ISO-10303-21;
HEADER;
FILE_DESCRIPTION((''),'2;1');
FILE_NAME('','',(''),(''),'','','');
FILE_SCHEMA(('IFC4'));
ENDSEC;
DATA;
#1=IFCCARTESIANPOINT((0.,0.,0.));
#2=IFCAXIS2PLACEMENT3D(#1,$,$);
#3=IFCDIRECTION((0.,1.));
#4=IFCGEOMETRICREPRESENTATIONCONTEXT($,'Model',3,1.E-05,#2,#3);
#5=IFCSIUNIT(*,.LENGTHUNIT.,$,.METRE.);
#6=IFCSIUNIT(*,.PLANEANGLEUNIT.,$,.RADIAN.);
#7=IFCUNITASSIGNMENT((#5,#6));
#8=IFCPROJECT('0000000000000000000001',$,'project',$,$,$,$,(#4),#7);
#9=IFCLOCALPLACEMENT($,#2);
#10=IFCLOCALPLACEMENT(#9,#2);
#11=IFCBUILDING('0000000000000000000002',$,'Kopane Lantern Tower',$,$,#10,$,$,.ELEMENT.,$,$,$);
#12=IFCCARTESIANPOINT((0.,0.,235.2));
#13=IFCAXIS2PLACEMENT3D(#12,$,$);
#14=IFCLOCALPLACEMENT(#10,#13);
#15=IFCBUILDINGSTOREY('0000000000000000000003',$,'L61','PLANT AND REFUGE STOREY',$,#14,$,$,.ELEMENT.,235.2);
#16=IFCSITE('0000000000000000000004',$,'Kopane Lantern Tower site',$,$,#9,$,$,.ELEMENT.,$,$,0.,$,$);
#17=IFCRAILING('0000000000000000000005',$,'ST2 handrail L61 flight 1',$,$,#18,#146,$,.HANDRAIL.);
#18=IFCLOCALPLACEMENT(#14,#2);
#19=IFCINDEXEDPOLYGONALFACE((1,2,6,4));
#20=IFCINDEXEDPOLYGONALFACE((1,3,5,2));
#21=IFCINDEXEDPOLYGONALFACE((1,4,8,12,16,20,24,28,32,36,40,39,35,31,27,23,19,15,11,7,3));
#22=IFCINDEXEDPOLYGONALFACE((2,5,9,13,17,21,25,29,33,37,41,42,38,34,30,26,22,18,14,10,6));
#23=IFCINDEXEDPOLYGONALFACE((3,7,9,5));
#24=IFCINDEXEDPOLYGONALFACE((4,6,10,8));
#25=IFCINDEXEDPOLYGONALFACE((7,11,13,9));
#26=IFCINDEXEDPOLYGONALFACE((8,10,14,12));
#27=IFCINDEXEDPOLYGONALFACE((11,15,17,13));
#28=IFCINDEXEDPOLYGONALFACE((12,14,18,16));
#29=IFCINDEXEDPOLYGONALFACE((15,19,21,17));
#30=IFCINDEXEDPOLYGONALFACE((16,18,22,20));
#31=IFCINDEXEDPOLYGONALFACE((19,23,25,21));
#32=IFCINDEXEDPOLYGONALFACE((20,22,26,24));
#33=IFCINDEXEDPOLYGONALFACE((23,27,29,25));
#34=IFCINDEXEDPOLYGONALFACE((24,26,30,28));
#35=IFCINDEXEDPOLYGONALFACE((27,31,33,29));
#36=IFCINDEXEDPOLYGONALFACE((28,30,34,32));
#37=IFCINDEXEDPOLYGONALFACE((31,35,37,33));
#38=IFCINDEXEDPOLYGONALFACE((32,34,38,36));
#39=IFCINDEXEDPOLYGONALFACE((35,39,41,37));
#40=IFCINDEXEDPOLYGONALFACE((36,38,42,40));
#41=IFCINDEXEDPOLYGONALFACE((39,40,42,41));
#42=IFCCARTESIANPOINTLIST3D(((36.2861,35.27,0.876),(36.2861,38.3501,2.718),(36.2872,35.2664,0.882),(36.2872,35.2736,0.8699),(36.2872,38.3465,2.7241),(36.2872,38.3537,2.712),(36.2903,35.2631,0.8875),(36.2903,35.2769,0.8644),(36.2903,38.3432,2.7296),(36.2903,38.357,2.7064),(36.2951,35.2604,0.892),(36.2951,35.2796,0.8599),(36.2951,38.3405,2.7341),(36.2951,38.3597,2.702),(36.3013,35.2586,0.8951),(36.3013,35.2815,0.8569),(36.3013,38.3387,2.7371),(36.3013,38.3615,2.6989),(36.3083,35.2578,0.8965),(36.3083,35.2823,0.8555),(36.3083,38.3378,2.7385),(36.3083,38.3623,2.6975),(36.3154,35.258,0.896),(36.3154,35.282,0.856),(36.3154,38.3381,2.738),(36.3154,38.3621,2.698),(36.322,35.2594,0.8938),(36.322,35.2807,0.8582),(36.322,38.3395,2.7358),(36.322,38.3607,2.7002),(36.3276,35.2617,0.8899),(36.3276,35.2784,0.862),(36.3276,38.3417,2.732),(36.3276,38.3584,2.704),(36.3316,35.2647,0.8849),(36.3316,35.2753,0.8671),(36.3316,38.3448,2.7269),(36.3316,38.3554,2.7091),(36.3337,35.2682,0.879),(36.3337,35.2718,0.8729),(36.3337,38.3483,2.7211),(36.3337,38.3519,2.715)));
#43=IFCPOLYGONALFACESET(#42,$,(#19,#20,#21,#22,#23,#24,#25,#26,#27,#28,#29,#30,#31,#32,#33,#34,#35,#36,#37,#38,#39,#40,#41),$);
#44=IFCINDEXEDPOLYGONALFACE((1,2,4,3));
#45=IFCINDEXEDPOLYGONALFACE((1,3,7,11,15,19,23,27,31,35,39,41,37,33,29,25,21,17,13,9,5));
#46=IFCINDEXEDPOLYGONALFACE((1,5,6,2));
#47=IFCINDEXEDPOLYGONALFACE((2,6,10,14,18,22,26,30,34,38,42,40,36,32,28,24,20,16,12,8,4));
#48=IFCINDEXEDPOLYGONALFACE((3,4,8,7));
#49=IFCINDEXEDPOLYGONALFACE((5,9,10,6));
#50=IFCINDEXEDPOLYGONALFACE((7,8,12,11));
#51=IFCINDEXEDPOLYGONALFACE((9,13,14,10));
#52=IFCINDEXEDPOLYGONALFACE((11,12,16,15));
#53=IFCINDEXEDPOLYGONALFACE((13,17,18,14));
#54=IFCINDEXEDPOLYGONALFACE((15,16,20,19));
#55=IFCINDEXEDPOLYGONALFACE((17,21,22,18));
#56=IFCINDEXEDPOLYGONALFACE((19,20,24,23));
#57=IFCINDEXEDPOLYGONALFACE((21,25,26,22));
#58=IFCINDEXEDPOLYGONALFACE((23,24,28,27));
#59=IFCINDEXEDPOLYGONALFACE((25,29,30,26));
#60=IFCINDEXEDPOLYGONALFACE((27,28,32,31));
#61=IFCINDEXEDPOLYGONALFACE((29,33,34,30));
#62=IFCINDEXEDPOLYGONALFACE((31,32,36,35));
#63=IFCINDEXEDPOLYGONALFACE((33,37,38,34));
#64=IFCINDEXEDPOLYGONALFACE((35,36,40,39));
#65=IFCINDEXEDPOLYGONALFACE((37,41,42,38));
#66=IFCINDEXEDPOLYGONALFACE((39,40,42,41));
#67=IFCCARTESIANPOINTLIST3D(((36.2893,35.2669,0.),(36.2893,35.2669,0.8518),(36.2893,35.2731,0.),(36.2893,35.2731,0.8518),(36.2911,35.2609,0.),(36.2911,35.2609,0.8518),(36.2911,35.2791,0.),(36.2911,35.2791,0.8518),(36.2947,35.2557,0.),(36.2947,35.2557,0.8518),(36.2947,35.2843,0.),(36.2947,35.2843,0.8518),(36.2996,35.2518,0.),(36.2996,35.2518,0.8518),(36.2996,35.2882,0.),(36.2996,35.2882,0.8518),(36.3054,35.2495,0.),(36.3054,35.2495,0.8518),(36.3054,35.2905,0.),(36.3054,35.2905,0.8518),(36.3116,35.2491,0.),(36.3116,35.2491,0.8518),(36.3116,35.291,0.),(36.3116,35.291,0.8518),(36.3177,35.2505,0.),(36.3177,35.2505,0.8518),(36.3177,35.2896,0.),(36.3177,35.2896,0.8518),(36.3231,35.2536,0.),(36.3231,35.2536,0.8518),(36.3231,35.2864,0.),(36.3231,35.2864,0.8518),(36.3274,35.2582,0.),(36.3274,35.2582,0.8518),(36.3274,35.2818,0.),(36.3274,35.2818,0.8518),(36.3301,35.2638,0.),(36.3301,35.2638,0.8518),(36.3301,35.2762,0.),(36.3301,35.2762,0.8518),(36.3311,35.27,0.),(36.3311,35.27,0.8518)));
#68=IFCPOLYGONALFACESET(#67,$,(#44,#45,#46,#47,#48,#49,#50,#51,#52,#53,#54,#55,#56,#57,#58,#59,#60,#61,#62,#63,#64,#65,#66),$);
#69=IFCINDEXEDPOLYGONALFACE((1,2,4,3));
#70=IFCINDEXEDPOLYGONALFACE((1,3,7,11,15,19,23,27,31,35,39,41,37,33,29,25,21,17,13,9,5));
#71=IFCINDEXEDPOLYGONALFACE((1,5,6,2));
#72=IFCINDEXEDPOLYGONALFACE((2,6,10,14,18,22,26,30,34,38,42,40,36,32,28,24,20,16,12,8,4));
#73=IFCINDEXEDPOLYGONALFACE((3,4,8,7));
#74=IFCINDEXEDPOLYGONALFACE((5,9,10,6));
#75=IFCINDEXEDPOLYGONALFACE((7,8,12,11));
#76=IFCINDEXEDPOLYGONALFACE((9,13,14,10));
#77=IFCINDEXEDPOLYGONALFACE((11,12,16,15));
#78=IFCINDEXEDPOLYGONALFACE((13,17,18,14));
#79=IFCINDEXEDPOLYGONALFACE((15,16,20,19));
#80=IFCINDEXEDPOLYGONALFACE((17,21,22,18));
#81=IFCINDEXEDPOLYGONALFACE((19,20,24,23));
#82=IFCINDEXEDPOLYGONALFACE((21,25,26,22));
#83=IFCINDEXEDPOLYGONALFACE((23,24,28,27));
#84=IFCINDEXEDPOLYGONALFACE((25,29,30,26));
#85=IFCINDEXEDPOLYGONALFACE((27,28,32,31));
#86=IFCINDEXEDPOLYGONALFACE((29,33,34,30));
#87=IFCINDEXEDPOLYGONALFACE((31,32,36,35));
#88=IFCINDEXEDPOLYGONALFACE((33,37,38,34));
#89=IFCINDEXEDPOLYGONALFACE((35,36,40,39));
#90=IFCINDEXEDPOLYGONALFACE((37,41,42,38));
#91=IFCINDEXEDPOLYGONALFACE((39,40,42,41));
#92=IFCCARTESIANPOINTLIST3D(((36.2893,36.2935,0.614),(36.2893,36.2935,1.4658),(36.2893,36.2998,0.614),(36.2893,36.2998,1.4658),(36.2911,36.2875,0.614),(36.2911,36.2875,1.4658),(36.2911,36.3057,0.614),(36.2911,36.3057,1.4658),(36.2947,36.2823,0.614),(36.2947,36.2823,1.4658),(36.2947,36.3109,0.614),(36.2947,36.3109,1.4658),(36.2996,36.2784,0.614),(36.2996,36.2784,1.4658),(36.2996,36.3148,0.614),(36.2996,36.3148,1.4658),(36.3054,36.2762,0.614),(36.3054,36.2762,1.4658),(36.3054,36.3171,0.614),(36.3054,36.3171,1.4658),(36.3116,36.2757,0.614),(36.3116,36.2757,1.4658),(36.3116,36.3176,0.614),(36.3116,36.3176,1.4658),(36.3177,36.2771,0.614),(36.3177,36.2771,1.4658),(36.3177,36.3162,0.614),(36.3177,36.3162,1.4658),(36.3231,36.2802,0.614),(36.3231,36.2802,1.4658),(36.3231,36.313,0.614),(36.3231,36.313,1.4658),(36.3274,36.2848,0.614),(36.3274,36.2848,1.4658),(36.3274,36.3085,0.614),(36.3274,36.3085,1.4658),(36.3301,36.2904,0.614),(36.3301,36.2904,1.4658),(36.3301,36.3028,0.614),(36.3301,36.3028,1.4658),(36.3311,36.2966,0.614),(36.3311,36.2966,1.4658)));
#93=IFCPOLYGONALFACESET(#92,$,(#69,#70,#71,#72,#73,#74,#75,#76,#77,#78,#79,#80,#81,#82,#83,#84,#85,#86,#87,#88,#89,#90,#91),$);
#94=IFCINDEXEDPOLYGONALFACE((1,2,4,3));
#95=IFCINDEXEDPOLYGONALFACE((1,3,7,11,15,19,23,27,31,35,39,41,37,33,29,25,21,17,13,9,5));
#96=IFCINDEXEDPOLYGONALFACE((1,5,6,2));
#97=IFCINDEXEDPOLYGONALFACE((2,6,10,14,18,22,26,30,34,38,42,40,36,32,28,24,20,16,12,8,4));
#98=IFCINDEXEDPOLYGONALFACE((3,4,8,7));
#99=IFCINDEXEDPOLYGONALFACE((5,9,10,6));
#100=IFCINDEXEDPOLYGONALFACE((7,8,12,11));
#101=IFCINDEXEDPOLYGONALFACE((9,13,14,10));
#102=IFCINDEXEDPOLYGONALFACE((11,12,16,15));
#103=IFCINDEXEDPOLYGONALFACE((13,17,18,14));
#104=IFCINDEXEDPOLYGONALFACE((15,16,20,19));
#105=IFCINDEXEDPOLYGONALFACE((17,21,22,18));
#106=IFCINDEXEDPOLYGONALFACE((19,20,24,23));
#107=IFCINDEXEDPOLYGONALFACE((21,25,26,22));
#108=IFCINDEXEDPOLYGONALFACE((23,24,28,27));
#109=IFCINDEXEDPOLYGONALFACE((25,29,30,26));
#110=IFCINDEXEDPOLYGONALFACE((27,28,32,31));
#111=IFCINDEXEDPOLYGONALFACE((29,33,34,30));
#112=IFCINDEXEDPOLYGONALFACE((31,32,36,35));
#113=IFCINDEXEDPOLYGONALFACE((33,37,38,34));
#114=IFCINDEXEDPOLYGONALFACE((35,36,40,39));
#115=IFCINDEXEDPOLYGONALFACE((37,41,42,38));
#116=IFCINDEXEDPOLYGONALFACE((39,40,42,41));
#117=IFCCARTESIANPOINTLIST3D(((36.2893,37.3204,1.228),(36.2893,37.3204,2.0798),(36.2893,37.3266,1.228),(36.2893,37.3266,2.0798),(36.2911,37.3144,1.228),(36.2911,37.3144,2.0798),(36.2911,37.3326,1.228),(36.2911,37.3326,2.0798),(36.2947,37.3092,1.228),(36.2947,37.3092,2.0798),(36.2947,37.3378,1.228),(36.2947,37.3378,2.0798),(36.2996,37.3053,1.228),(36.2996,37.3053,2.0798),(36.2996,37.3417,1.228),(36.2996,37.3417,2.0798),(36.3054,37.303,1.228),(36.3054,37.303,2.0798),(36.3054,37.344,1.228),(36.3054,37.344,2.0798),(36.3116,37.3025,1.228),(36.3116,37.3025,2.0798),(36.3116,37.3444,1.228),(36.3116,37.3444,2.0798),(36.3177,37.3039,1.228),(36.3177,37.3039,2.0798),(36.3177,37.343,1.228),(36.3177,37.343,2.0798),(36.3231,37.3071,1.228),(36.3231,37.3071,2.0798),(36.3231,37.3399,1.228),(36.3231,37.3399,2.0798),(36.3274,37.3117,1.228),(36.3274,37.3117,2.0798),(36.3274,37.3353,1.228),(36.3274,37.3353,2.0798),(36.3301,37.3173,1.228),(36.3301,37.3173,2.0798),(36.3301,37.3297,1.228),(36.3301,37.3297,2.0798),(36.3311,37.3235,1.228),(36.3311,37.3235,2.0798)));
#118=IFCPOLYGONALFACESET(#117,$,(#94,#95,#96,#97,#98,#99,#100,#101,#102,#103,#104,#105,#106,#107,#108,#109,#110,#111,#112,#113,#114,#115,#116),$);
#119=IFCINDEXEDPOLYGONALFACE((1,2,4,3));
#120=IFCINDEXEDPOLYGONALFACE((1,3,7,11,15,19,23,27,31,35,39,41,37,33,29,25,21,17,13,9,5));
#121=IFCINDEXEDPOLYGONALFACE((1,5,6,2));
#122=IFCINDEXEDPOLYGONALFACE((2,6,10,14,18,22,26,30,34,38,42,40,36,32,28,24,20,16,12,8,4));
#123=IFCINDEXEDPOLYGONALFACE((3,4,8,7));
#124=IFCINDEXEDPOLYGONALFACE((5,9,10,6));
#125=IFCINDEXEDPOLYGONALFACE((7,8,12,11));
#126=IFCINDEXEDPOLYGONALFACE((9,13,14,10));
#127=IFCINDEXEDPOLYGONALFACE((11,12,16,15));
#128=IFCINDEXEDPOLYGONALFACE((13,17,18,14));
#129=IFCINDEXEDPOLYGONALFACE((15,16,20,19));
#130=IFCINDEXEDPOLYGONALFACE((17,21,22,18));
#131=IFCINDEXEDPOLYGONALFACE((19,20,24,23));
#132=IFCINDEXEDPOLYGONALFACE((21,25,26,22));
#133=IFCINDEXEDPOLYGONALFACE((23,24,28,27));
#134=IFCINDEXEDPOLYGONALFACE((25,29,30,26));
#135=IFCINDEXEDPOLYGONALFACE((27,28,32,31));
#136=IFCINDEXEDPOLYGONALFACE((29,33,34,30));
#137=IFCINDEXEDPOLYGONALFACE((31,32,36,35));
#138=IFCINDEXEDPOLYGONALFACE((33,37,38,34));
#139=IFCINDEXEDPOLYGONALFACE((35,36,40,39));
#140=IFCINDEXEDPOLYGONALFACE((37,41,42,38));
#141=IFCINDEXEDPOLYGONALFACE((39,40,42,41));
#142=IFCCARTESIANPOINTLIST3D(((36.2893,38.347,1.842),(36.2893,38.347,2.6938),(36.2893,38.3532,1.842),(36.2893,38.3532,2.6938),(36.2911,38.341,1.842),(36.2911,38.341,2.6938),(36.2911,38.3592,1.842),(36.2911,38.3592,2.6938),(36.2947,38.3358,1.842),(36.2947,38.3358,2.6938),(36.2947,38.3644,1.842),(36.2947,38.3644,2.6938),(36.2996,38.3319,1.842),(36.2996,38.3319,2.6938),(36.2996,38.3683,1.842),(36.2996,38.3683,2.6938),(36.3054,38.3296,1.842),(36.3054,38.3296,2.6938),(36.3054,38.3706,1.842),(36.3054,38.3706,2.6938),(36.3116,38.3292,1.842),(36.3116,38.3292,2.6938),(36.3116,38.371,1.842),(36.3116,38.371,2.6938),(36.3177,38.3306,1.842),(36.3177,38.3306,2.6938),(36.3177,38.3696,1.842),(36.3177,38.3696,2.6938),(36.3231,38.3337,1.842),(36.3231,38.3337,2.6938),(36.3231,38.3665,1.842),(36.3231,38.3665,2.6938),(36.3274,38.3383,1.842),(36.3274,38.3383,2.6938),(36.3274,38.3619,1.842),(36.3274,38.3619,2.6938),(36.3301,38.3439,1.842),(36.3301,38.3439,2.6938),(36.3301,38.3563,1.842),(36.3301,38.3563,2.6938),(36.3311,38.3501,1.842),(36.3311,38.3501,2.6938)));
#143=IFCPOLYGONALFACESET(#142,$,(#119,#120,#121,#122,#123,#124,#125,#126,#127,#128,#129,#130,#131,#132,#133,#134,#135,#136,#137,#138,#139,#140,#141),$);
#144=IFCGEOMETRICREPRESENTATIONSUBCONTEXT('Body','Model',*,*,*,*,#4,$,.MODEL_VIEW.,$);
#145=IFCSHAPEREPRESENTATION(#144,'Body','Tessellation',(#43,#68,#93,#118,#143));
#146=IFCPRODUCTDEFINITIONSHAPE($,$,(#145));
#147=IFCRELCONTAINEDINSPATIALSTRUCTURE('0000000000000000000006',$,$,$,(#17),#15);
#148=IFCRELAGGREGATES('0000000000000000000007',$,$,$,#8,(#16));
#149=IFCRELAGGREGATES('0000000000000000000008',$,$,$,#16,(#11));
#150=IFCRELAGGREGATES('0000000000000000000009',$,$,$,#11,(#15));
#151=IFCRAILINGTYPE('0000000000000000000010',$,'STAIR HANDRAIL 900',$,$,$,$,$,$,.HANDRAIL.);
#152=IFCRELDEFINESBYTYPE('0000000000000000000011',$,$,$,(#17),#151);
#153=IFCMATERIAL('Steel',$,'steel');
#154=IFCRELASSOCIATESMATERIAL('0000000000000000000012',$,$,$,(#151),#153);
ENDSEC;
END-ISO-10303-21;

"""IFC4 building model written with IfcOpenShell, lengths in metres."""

from ifc_helpers import new_model, si_unit, direction, frame, origin, origin_2d, place, context, subcontext, project, spatial, circle, extrude, material, type_object, element, save


model = new_model("IFC4")

# Units and contexts
model_context = context("Model", 3, precision=1e-05, world=origin(), true_north=direction((0.0, 1.0)))
body_context = subcontext(model_context, "Body", "Model", "MODEL_VIEW")
ifc_project = project(units=[si_unit("LENGTHUNIT", "METRE"), si_unit("PLANEANGLEUNIT", "RADIAN")], contexts=[model_context])

# Site, building, storey
site_placement = place(None, origin())
site = spatial("IfcSite", under=ifc_project, at=site_placement, Name="Kopane Lantern Tower site", CompositionType="ELEMENT", RefElevation=0.0)
building_placement = place(site_placement, origin())
building = spatial("IfcBuilding", under=site, at=building_placement, Name="Kopane Lantern Tower", CompositionType="ELEMENT")
storey_placement = place(building_placement, frame((0.0, 0.0, 235.2)))
storey = spatial("IfcBuildingStorey", under=building, at=storey_placement, Name="L61", Description="PLANT AND REFUGE STOREY", CompositionType="ELEMENT", Elevation=235.2)

# Railing
ifc_material_1 = material(Name="Steel", Category="steel")
railing_type = type_object("IfcRailingType", Name="STAIR HANDRAIL 900", PredefinedType="HANDRAIL", material=ifc_material_1)
for number, where, name in (
    (1, (36.3101, 35.27, 0.0), "ST2 handrail L61 flight 1"),
):
    element("IfcRailing", number, at=place(storey_placement, frame(where)), inside=storey, type_object=railing_type, Name=name, PredefinedType="HANDRAIL", context=body_context, shape_type="SweptSolid", body=[
        extrude(circle(Radius=0.0239, at=origin_2d()), frame((0.0, 0.0, 0.876), z_axis=(0.0, 0.85823, 0.513265), x_axis=(-1.0, 0.0, 0.0)), (0.0, 0.0, 1.0), 3.5889),
        extrude(circle(Radius=0.021, at=origin_2d()), origin(), (0.0, 0.0, 1.0), 0.8518),
        extrude(circle(Radius=0.021, at=origin_2d()), frame((0.0, 1.0266, 0.614)), (0.0, 0.0, 1.0), 0.8518),
        extrude(circle(Radius=0.021, at=origin_2d()), frame((0.0, 2.0535, 1.228)), (0.0, 0.0, 1.0), 0.8518),
        extrude(circle(Radius=0.021, at=origin_2d()), frame((0.0, 3.0801, 1.842)), (0.0, 0.0, 1.0), 0.8518),
    ])

save(model, "model.ifc")
